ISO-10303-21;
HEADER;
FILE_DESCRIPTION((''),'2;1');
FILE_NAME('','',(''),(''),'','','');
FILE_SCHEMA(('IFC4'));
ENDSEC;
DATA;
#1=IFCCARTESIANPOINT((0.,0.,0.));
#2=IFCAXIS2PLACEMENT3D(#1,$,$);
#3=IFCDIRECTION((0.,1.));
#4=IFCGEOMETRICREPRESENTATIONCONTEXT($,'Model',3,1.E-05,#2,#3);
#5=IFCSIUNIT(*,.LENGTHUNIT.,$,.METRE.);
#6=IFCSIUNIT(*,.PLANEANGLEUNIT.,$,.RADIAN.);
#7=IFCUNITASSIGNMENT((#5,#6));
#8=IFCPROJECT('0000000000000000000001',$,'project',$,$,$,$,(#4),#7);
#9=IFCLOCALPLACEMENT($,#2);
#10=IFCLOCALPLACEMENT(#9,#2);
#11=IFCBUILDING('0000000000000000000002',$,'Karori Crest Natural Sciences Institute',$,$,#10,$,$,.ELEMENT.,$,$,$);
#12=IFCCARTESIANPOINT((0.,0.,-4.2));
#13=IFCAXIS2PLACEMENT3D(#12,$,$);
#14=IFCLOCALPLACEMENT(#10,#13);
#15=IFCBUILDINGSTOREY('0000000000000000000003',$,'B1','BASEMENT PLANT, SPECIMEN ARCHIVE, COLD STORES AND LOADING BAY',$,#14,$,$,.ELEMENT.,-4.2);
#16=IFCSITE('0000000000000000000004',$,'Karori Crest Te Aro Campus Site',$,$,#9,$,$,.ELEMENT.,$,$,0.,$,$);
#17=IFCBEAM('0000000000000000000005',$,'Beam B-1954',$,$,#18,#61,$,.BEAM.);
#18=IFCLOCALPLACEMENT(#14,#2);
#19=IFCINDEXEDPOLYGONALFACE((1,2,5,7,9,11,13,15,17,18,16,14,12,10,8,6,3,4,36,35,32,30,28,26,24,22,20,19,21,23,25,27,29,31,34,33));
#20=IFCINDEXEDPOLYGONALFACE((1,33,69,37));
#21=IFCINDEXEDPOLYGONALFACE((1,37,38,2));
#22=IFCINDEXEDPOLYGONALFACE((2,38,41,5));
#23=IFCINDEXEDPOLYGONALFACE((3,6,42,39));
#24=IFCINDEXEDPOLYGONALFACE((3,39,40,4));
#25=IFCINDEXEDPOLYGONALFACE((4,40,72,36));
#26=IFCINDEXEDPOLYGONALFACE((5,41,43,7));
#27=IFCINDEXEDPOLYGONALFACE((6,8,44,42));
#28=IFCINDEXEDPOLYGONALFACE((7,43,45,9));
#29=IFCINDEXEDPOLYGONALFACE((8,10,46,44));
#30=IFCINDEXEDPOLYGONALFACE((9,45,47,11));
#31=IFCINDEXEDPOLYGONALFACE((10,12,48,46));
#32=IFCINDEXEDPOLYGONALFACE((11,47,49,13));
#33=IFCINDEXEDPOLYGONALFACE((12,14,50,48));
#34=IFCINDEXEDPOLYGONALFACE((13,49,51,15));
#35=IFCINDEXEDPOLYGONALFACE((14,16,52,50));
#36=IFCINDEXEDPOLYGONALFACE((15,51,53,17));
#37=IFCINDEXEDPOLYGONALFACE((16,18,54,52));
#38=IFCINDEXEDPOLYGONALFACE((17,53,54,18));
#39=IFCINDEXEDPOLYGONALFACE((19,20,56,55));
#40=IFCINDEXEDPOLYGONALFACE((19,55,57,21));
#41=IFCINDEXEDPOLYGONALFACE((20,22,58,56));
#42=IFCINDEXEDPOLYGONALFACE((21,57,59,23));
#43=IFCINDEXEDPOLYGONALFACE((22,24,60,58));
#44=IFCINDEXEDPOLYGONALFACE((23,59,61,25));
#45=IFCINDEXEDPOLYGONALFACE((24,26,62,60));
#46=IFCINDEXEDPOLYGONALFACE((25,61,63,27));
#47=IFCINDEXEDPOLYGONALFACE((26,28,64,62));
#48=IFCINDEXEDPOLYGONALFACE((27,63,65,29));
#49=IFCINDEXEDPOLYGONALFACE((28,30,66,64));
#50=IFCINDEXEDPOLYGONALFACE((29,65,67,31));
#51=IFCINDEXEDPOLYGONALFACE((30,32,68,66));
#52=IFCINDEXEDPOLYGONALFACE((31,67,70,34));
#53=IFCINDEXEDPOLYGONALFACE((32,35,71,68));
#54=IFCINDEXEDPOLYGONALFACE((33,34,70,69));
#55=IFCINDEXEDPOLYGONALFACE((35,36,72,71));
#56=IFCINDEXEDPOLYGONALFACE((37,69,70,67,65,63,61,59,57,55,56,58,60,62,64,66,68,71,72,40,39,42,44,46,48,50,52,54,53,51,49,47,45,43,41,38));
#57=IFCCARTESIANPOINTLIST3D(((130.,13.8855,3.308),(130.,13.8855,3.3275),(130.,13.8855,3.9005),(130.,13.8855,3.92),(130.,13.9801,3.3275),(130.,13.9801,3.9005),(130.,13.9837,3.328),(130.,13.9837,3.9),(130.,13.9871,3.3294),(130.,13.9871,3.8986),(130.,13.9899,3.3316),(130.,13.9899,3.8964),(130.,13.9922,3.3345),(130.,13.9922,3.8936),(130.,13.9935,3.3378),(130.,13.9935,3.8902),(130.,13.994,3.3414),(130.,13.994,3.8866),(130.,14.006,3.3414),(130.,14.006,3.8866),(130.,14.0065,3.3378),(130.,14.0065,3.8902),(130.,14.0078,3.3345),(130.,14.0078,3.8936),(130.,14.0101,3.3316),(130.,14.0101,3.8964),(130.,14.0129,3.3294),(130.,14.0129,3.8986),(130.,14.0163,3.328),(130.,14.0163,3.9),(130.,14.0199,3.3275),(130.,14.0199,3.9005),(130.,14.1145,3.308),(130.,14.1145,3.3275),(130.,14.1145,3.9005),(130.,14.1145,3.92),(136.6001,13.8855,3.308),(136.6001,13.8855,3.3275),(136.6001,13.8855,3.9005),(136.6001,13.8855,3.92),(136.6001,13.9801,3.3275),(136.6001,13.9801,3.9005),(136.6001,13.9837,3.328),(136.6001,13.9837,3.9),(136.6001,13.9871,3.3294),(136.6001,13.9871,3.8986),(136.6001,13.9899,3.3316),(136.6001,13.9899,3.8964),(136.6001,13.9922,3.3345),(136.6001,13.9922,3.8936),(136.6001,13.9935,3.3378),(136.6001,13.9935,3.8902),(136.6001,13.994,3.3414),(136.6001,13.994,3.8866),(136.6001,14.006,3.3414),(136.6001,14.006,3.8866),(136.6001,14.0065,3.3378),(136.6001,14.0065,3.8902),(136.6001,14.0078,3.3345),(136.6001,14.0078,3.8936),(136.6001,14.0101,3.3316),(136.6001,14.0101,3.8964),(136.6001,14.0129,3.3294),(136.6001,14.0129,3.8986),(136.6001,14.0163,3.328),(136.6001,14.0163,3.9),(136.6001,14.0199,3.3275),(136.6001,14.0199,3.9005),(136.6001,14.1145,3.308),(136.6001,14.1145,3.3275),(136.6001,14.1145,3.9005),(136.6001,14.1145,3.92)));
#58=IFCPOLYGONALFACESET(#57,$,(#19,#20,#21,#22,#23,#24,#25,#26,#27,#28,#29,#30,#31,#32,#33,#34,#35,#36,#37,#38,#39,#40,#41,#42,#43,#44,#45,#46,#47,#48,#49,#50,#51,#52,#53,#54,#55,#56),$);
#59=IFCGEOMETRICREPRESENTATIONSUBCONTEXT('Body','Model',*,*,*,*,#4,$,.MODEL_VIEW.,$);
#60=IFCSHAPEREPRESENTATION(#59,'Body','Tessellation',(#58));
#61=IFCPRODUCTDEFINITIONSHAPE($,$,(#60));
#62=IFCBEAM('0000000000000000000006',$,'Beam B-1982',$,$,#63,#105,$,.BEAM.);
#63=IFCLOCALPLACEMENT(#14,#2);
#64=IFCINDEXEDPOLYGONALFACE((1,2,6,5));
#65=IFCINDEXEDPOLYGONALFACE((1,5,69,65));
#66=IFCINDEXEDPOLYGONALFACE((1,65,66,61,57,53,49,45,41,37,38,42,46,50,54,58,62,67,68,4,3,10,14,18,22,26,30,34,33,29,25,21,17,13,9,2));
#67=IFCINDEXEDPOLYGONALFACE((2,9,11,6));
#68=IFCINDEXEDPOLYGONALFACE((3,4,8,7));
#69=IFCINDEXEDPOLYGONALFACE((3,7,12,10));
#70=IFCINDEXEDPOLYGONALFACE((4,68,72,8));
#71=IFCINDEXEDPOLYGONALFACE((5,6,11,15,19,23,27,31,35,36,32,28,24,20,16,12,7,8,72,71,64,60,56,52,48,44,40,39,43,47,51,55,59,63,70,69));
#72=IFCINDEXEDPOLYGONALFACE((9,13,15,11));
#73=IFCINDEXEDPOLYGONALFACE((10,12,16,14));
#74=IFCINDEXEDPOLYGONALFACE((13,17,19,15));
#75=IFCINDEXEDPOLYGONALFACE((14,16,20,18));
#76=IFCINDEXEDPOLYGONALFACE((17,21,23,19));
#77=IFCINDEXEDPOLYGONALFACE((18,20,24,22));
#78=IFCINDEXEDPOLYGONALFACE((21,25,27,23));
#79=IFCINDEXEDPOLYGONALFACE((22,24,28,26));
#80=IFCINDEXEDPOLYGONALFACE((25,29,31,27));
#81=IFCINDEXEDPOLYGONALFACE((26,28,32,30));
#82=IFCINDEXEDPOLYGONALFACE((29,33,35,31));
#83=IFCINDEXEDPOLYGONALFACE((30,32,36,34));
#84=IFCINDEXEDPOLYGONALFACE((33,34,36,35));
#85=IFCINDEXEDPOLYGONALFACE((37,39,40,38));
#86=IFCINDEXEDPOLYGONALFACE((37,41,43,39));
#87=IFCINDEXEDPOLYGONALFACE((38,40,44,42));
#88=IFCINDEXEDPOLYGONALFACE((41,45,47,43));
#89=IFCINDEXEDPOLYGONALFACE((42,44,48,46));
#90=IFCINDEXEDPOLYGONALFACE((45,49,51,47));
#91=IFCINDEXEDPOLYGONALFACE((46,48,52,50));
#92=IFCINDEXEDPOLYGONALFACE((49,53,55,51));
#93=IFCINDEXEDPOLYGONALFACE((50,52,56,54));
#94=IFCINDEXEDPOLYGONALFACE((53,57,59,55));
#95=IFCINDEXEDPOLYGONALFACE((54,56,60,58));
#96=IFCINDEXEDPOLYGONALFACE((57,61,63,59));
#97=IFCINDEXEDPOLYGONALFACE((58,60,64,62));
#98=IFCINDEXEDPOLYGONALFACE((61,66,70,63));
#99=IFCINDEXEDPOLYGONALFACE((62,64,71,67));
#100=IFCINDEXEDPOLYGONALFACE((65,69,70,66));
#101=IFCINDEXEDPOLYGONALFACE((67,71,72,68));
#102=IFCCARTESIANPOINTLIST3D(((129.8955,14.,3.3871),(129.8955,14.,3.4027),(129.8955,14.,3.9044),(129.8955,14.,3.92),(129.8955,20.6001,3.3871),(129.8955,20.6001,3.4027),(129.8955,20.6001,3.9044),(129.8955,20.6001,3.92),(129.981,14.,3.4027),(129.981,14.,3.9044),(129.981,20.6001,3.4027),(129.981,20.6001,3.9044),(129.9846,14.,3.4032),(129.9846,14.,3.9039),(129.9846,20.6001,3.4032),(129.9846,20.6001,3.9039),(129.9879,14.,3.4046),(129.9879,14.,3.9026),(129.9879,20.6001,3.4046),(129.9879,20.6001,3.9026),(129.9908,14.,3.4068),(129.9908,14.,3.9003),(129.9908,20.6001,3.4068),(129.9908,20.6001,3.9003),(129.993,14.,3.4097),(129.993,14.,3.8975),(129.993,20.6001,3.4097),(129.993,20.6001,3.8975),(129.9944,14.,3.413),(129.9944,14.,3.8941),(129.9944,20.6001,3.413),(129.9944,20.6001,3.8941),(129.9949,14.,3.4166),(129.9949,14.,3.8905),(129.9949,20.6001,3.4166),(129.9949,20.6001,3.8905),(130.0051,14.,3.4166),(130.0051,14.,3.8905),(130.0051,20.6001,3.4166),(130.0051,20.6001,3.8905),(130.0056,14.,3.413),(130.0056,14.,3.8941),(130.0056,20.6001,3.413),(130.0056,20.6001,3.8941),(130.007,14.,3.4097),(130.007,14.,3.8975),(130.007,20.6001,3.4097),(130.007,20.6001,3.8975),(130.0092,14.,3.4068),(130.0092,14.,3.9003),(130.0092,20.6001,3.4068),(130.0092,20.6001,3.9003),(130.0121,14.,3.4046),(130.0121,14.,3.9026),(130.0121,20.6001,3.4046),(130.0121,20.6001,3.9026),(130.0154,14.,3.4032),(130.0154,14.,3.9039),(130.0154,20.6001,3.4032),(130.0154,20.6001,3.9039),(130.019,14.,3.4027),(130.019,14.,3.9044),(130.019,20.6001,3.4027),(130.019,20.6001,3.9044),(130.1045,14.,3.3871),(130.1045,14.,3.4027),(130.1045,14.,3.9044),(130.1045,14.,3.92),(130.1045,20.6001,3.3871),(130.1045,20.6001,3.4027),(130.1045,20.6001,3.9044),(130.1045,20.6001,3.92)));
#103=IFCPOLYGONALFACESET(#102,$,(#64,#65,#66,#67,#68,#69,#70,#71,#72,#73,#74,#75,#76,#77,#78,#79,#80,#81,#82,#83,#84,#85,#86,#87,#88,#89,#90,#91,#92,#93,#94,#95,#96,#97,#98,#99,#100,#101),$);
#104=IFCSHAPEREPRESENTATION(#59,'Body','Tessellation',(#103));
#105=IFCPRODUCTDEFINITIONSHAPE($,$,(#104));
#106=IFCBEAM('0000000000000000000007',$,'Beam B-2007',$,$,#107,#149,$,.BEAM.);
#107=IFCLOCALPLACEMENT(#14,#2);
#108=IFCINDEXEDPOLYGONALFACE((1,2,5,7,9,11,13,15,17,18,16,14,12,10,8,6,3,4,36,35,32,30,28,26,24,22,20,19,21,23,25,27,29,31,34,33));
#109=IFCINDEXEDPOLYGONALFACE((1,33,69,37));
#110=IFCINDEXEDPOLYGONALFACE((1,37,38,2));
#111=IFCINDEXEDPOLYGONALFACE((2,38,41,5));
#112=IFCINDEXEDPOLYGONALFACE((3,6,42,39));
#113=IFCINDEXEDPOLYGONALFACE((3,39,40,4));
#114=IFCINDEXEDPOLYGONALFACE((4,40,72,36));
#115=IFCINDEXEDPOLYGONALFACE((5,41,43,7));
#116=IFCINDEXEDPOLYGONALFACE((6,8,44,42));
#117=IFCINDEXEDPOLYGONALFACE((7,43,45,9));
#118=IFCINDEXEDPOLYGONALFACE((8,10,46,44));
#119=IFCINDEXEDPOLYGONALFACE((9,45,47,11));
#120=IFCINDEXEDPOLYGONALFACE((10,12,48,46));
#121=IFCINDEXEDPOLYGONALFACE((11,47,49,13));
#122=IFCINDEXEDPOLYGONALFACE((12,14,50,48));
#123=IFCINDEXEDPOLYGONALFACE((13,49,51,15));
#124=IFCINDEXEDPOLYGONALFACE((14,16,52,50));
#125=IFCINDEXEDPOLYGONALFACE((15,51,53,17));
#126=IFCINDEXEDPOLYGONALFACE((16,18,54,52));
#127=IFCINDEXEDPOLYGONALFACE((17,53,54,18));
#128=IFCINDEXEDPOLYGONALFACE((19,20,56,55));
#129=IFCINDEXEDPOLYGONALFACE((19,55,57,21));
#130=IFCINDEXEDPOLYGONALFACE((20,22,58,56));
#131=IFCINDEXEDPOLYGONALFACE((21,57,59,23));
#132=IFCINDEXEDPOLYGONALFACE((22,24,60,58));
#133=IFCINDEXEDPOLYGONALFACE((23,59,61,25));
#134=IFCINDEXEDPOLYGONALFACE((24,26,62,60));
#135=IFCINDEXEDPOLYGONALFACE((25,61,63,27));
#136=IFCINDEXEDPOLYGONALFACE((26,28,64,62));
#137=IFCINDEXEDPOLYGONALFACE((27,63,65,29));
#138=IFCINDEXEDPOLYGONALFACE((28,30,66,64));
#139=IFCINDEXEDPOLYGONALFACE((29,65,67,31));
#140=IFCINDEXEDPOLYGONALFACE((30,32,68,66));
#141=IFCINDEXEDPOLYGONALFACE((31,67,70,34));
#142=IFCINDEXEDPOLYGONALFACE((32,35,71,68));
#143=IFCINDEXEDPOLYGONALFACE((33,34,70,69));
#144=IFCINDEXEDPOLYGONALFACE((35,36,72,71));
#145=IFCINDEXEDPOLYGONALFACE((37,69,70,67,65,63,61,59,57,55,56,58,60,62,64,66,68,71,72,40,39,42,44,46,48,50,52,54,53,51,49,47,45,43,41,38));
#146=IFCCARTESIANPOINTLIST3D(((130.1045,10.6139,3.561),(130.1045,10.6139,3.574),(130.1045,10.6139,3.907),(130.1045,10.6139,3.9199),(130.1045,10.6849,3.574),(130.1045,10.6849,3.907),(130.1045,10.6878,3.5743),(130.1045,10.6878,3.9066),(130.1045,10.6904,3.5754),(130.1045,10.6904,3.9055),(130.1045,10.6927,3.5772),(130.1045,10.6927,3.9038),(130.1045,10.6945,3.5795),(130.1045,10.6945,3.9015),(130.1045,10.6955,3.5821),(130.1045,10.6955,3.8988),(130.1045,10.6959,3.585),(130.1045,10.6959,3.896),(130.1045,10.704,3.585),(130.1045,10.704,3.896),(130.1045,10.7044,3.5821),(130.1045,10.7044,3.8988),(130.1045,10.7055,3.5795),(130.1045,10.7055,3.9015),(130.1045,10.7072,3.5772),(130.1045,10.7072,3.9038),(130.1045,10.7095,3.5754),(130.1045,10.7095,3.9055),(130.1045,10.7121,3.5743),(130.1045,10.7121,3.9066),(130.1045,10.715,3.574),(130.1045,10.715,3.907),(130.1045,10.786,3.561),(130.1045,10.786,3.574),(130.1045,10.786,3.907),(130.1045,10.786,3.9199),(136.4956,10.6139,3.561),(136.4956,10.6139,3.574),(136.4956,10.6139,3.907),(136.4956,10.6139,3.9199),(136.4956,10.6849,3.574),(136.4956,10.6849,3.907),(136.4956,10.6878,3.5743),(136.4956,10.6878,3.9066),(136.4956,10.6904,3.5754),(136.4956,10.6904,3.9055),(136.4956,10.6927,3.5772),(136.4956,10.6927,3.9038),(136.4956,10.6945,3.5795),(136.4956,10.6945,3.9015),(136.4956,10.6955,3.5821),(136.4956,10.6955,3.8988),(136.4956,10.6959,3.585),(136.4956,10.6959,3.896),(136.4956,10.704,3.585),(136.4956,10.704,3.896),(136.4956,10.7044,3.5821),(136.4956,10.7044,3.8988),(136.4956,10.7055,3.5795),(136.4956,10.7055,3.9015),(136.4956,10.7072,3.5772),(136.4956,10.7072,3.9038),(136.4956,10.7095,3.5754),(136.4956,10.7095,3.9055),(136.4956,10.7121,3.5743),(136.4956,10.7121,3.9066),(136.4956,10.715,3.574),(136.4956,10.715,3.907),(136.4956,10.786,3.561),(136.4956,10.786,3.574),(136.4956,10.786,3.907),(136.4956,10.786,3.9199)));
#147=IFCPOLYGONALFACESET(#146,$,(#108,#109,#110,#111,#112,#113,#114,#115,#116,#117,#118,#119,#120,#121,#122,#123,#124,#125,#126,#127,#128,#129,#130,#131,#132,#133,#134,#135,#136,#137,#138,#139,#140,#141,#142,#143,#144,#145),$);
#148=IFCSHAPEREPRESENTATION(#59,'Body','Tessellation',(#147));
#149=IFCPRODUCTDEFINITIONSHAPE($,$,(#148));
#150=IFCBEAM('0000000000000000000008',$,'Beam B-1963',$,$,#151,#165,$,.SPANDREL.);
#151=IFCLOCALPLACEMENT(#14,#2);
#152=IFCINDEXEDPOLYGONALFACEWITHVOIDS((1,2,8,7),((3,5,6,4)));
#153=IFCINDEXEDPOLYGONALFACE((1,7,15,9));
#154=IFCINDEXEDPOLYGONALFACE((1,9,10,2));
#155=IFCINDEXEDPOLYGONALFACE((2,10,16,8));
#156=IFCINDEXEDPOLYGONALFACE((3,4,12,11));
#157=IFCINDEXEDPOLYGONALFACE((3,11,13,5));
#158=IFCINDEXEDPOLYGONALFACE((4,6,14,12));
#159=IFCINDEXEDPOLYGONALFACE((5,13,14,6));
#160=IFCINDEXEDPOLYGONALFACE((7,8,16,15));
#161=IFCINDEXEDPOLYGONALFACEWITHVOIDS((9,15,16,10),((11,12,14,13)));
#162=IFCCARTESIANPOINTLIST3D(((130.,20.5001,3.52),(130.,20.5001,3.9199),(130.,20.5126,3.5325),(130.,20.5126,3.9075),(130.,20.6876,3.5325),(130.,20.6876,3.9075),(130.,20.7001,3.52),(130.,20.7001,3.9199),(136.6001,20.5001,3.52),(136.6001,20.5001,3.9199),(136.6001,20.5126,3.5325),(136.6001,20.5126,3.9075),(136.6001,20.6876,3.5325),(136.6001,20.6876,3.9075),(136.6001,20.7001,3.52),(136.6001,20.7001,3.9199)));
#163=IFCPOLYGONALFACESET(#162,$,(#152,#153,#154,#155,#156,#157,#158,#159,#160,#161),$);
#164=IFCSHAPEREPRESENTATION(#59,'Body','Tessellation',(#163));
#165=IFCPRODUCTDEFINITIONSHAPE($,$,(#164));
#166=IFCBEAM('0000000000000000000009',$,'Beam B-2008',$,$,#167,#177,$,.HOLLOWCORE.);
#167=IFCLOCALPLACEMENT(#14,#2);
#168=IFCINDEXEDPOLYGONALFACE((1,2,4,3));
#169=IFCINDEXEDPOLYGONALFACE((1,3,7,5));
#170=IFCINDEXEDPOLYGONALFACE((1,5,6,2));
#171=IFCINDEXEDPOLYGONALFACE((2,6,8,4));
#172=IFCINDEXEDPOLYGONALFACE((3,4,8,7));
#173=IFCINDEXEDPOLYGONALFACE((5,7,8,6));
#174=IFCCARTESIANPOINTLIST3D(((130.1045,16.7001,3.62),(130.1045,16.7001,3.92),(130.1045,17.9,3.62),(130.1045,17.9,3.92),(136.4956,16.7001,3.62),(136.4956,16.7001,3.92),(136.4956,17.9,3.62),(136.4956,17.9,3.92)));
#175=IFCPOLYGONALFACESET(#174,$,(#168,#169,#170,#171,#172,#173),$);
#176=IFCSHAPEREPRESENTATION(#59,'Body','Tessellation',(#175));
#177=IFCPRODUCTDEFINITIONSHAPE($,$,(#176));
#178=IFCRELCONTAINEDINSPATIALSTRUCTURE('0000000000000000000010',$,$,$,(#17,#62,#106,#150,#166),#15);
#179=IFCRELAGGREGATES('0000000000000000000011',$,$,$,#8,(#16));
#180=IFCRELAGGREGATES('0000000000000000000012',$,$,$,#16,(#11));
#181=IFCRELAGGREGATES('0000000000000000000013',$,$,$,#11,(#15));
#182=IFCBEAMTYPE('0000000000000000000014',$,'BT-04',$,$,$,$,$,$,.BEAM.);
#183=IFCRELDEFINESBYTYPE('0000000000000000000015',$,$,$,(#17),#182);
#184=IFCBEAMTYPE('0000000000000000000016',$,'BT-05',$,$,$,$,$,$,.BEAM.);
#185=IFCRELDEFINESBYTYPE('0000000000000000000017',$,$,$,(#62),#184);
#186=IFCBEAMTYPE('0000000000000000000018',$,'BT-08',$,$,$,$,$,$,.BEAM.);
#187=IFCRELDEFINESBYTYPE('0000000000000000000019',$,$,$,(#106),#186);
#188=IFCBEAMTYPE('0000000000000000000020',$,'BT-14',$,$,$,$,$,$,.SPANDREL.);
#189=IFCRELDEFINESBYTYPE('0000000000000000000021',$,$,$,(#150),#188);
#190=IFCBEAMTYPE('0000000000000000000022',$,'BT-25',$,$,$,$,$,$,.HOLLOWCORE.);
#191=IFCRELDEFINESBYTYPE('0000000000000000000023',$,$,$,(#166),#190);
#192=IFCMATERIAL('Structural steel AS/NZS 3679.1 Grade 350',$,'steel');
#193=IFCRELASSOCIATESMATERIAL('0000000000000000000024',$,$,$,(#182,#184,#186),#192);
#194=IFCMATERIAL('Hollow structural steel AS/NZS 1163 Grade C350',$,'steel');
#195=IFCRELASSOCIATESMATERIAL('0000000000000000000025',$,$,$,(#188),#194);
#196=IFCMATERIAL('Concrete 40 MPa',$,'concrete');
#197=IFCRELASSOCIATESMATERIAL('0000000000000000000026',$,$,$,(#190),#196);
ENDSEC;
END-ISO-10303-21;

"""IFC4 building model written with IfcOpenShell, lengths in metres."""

from ifc_helpers import new_model, si_unit, direction, frame, origin, origin_2d, place, context, subcontext, project, spatial, rectangle, hollow_rectangle, i_section, extrude, material, material_profile, profile_set, type_object, element, save


model = new_model("IFC4")

# Units and contexts
model_context = context("Model", 3, precision=1e-05, world=origin(), true_north=direction((0.0, 1.0)))
body_context = subcontext(model_context, "Body", "Model", "MODEL_VIEW")
ifc_project = project(units=[si_unit("LENGTHUNIT", "METRE"), si_unit("PLANEANGLEUNIT", "RADIAN")], contexts=[model_context])

# Site, building, storey
site_placement = place(None, origin())
site = spatial("IfcSite", under=ifc_project, at=site_placement, Name="Karori Crest Te Aro Campus Site", CompositionType="ELEMENT", RefElevation=0.0)
building_placement = place(site_placement, origin())
building = spatial("IfcBuilding", under=site, at=building_placement, Name="Karori Crest Natural Sciences Institute", CompositionType="ELEMENT")
storey_placement = place(building_placement, frame((0.0, 0.0, -4.2)))
storey = spatial("IfcBuildingStorey", under=building, at=storey_placement, Name="B1", Description="BASEMENT PLANT, SPECIMEN ARCHIVE, COLD STORES AND LOADING BAY", CompositionType="ELEMENT", Elevation=-4.2)

# Shared definitions
ifc_material_1 = material(Name="Concrete 40 MPa", Category="concrete")

# Shared definitions
ifc_material_2 = material(Name="Structural steel AS/NZS 3679.1 Grade 350", Category="steel")

# Beams
ifc_material_profile_1 = material_profile(ifc_material_2, i_section(OverallWidth=0.229, OverallDepth=0.6121, WebThickness=0.012, FlangeThickness=0.0195, FilletRadius=0.0139, at=origin_2d()), Name="610UB125")
ifc_profile_set_1 = profile_set([ifc_material_profile_1], Name="Structural steel AS/NZS 3679.1 Grade 350")
beam_type_1 = type_object("IfcBeamType", Name="BT-04", PredefinedType="BEAM", material=ifc_profile_set_1)
beam_1_placement = place(storey_placement, frame((130.0, 14.0, 3.614), z_axis=(1.0, 0.0, 0.0), x_axis=(0.0, 1.0, 0.0)))
element("IfcBeam", 1, at=beam_1_placement, inside=storey, type_object=beam_type_1, Name="Beam B-1954", PredefinedType="BEAM", context=body_context, shape_type="SweptSolid", body=[
    extrude(i_section(OverallWidth=0.229, OverallDepth=0.6121, WebThickness=0.012, FlangeThickness=0.0195, FilletRadius=0.0139, at=origin_2d()), origin(), (0.0, 0.0, 1.0), 6.6001),
])
ifc_material_profile_2 = material_profile(ifc_material_2, i_section(OverallWidth=0.209, OverallDepth=0.533, WebThickness=0.0103, FlangeThickness=0.0156, FilletRadius=0.0139, at=origin_2d()), Name="530UB92.4")
ifc_profile_set_2 = profile_set([ifc_material_profile_2], Name="Structural steel AS/NZS 3679.1 Grade 350")
beam_type_2 = type_object("IfcBeamType", Name="BT-05", PredefinedType="BEAM", material=ifc_profile_set_2)
beam_2_placement = place(storey_placement, frame((130.0, 14.0, 3.6536), z_axis=(0.0, 1.0, 0.0), x_axis=(-1.0, 0.0, 0.0)))
element("IfcBeam", 2, at=beam_2_placement, inside=storey, type_object=beam_type_2, Name="Beam B-1982", PredefinedType="BEAM", context=body_context, shape_type="SweptSolid", body=[
    extrude(i_section(OverallWidth=0.209, OverallDepth=0.533, WebThickness=0.0103, FlangeThickness=0.0156, FilletRadius=0.0139, at=origin_2d()), origin(), (0.0, 0.0, 1.0), 6.6001),
])
ifc_material_profile_3 = material_profile(ifc_material_2, i_section(OverallWidth=0.1721, OverallDepth=0.3589, WebThickness=0.0081, FlangeThickness=0.0129, FilletRadius=0.011, at=origin_2d()), Name="360UB56.7")
ifc_profile_set_3 = profile_set([ifc_material_profile_3], Name="Structural steel AS/NZS 3679.1 Grade 350")
beam_type_3 = type_object("IfcBeamType", Name="BT-08", PredefinedType="BEAM", material=ifc_profile_set_3)
beam_3_placement = place(storey_placement, frame((130.1045, 10.7, 3.7405), z_axis=(1.0, 0.0, 0.0), x_axis=(0.0, 1.0, 0.0)))
element("IfcBeam", 3, at=beam_3_placement, inside=storey, type_object=beam_type_3, Name="Beam B-2007", PredefinedType="BEAM", context=body_context, shape_type="SweptSolid", body=[
    extrude(i_section(OverallWidth=0.1721, OverallDepth=0.3589, WebThickness=0.0081, FlangeThickness=0.0129, FilletRadius=0.011, at=origin_2d()), origin(), (0.0, 0.0, 1.0), 6.3911),
])
ifc_material_3 = material(Name="Hollow structural steel AS/NZS 1163 Grade C350", Category="steel")
ifc_material_profile_4 = material_profile(ifc_material_3, hollow_rectangle(XDim=0.2, YDim=0.3999, WallThickness=0.0125, at=origin_2d()), Name="RHS400x200x12.5")
ifc_profile_set_4 = profile_set([ifc_material_profile_4], Name="Hollow structural steel AS/NZS 1163 Grade C350")
beam_type_4 = type_object("IfcBeamType", Name="BT-14", PredefinedType="SPANDREL", material=ifc_profile_set_4)
beam_4_placement = place(storey_placement, frame((130.0, 20.6001, 3.72), z_axis=(1.0, 0.0, 0.0), x_axis=(0.0, 1.0, 0.0)))
element("IfcBeam", 4, at=beam_4_placement, inside=storey, type_object=beam_type_4, Name="Beam B-1963", PredefinedType="SPANDREL", context=body_context, shape_type="SweptSolid", body=[
    extrude(hollow_rectangle(XDim=0.2, YDim=0.3999, WallThickness=0.0125, at=origin_2d()), origin(), (0.0, 0.0, 1.0), 6.6001),
])
ifc_material_profile_5 = material_profile(ifc_material_1, rectangle(XDim=1.2, YDim=0.3, at=origin_2d()), Name="HCP1200x300")
ifc_profile_set_5 = profile_set([ifc_material_profile_5], Name="Concrete 40 MPa")
beam_type_5 = type_object("IfcBeamType", Name="BT-25", PredefinedType="HOLLOWCORE", material=ifc_profile_set_5)
beam_5_placement = place(storey_placement, frame((130.1045, 17.3, 3.77), z_axis=(1.0, 0.0, 0.0), x_axis=(0.0, 1.0, 0.0)))
element("IfcBeam", 5, at=beam_5_placement, inside=storey, type_object=beam_type_5, Name="Beam B-2008", PredefinedType="HOLLOWCORE", context=body_context, shape_type="SweptSolid", body=[
    extrude(rectangle(XDim=1.2, YDim=0.3, at=origin_2d()), origin(), (0.0, 0.0, 1.0), 6.3911),
])

save(model, "model.ifc")
